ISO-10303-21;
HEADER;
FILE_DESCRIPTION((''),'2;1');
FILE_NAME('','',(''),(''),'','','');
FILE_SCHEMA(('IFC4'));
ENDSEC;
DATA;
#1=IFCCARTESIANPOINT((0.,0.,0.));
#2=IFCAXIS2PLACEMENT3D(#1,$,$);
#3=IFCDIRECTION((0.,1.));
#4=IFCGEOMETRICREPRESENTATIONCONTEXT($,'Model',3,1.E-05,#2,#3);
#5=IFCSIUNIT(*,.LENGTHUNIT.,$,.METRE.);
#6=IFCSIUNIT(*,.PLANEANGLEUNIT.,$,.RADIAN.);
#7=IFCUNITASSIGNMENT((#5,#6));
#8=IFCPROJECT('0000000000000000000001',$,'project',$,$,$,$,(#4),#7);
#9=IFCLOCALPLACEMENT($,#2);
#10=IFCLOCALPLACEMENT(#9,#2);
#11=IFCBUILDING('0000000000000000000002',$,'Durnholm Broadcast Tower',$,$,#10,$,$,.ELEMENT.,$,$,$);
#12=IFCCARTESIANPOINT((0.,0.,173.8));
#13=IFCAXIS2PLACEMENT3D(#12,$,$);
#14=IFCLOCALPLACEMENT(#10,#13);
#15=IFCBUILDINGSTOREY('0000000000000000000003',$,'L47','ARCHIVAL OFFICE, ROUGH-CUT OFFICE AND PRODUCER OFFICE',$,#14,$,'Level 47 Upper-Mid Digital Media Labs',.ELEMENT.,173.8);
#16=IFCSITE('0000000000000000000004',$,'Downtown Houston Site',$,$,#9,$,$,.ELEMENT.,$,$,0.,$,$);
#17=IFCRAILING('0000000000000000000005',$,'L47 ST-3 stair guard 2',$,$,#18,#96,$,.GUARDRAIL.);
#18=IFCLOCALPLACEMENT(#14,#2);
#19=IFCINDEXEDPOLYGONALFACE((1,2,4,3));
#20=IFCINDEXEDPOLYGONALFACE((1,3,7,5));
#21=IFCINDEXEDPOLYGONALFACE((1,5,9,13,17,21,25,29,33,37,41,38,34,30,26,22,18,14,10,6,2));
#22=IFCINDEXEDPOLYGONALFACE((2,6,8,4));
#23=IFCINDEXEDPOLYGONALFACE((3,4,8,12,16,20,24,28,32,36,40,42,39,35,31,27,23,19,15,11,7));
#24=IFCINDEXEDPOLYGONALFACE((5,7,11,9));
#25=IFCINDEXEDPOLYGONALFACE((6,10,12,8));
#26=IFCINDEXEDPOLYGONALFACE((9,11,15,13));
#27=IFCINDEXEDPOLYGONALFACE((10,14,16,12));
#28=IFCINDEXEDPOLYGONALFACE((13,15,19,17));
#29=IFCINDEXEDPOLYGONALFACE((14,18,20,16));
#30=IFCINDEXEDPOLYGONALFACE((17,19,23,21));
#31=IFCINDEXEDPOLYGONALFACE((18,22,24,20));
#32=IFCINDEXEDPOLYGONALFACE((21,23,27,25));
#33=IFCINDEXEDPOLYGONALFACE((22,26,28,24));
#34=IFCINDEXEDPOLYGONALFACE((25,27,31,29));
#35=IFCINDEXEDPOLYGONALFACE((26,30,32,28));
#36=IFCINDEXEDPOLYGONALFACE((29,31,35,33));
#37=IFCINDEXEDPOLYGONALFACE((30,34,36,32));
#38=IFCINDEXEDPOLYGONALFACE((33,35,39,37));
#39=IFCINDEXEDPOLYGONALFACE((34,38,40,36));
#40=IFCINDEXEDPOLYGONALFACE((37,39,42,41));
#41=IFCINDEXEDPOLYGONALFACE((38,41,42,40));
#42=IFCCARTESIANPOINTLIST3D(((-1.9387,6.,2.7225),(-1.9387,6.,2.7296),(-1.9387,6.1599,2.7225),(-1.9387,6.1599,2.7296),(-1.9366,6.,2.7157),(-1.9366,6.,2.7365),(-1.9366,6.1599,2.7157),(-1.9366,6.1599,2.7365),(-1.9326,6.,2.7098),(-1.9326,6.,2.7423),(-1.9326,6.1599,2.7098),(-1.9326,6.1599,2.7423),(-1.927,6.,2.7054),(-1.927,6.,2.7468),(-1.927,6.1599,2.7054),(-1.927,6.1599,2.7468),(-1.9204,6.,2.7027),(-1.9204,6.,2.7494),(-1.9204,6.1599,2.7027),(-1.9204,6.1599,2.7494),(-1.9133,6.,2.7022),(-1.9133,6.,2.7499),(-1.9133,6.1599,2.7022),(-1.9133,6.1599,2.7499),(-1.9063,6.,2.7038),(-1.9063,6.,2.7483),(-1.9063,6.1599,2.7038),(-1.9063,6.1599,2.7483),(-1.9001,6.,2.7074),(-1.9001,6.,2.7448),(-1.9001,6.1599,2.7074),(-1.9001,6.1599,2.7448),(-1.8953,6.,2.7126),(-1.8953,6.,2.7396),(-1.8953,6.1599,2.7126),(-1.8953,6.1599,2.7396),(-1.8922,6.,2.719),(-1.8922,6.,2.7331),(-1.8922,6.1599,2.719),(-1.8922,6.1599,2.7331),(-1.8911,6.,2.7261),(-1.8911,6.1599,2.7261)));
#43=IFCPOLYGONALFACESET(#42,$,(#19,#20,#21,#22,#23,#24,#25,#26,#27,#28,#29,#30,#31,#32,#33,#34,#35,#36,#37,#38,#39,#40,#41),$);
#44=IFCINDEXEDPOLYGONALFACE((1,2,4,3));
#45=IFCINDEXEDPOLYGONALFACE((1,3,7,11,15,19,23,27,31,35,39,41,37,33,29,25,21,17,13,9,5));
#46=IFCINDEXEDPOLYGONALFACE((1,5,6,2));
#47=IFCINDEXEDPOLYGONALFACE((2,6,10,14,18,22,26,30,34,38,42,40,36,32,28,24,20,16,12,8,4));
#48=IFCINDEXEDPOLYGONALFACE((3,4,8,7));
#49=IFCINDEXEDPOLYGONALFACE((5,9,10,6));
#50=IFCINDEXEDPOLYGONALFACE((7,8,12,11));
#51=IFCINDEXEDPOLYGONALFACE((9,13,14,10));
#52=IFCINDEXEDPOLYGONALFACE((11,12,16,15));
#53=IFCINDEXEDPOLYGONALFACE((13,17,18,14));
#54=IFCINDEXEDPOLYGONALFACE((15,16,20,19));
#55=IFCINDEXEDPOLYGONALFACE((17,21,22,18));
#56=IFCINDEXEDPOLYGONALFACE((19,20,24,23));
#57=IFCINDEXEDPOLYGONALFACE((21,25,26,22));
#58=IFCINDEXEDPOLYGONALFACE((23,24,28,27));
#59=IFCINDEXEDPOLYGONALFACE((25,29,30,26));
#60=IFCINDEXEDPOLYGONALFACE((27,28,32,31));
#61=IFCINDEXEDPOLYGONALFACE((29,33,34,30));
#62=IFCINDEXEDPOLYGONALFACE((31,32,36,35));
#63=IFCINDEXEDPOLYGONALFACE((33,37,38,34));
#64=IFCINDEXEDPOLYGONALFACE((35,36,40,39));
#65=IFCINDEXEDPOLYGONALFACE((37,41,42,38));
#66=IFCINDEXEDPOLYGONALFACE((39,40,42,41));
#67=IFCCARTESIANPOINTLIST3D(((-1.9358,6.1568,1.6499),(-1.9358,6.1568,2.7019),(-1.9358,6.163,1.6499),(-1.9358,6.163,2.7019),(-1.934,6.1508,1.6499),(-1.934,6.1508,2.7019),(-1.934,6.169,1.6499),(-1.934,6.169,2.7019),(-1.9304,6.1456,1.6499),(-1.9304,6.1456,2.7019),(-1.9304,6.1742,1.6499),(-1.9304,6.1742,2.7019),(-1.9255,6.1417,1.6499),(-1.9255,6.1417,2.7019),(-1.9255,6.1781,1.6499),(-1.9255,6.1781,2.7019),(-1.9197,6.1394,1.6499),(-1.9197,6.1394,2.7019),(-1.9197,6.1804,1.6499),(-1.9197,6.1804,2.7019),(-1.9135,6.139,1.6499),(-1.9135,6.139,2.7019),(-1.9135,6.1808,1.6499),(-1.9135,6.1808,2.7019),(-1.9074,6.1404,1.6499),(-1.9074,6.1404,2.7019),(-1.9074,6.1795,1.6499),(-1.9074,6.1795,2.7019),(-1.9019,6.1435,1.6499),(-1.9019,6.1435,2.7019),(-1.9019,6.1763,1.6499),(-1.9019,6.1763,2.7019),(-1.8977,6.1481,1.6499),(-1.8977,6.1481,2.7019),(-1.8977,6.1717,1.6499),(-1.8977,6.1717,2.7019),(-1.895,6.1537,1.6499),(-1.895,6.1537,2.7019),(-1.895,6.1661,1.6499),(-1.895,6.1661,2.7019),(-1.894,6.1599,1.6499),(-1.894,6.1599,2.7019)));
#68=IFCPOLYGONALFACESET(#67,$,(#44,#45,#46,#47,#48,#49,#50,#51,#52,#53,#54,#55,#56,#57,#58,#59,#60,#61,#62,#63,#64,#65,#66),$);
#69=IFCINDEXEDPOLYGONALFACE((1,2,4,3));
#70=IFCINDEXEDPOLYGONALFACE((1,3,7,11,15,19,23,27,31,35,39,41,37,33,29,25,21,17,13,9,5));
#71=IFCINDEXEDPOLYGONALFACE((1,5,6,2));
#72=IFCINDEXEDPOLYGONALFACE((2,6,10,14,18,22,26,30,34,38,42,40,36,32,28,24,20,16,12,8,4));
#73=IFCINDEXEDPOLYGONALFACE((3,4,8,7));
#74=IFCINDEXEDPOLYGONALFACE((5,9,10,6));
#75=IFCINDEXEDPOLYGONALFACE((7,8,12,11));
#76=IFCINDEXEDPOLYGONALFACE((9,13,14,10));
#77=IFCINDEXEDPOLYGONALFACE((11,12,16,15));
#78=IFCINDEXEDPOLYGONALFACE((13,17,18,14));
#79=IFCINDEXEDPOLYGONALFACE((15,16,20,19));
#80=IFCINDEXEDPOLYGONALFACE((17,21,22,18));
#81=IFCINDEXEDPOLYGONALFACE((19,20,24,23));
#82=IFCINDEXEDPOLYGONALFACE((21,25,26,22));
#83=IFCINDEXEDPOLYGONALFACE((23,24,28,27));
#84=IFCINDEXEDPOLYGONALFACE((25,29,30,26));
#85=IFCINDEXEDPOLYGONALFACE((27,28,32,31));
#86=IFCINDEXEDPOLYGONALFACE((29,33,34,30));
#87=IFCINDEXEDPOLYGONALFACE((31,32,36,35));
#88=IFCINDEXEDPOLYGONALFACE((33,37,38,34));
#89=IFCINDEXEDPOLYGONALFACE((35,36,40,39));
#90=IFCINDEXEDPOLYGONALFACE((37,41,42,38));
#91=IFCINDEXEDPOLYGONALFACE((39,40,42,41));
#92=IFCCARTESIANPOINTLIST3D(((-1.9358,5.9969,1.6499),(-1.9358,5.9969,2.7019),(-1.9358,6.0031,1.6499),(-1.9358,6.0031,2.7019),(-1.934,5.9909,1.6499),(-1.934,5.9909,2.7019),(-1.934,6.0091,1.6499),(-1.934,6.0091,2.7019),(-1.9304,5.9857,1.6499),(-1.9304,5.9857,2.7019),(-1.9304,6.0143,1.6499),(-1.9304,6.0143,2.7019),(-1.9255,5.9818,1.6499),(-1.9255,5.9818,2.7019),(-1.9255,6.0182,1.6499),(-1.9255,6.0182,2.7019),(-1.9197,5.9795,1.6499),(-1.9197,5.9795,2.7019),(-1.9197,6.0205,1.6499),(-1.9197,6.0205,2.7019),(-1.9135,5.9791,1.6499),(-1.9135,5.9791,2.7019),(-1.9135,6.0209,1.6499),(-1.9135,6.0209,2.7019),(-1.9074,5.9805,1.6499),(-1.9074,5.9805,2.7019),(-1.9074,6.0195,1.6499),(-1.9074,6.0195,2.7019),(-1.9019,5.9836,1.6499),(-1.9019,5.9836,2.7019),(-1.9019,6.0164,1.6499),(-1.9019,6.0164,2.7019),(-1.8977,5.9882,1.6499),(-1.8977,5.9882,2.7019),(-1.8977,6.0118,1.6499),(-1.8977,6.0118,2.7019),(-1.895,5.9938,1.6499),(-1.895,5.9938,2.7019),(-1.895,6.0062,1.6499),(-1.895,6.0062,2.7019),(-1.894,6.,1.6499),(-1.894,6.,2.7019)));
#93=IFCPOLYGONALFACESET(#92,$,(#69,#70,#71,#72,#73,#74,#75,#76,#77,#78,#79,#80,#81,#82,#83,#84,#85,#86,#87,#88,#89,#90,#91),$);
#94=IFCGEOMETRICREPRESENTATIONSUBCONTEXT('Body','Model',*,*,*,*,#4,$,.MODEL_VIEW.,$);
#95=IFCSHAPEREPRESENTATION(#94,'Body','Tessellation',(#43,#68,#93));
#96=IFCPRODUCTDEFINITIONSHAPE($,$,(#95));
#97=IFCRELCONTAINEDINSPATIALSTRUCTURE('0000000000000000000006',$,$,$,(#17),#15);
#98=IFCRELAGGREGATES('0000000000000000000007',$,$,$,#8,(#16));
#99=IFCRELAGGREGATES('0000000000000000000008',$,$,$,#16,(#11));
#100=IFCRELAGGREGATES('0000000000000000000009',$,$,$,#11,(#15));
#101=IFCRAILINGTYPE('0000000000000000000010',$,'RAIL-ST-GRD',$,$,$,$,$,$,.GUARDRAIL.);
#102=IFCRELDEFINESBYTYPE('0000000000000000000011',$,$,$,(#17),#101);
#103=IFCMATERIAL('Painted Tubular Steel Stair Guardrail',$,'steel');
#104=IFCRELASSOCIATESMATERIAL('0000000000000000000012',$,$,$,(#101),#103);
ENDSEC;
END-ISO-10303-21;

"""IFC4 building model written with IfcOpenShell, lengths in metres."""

from ifc_helpers import new_model, si_unit, direction, frame, origin, origin_2d, place, context, subcontext, project, spatial, circle, extrude, material, type_object, element, save


model = new_model("IFC4")

# Units and contexts
model_context = context("Model", 3, precision=1e-05, world=origin(), true_north=direction((0.0, 1.0)))
body_context = subcontext(model_context, "Body", "Model", "MODEL_VIEW")
ifc_project = project(units=[si_unit("LENGTHUNIT", "METRE"), si_unit("PLANEANGLEUNIT", "RADIAN")], contexts=[model_context])

# Site, building, storey
site_placement = place(None, origin())
site = spatial("IfcSite", under=ifc_project, at=site_placement, Name="Downtown Houston Site", CompositionType="ELEMENT", RefElevation=0.0)
building_placement = place(site_placement, origin())
building = spatial("IfcBuilding", under=site, at=building_placement, Name="Durnholm Broadcast Tower", CompositionType="ELEMENT")
storey_placement = place(building_placement, frame((0.0, 0.0, 173.8)))
storey = spatial("IfcBuildingStorey", under=building, at=storey_placement, Name="L47", Description="ARCHIVAL OFFICE, ROUGH-CUT OFFICE AND PRODUCER OFFICE", LongName="Level 47 Upper-Mid Digital Media Labs", CompositionType="ELEMENT", Elevation=173.8)

# Railing
ifc_material_1 = material(Name="Painted Tubular Steel Stair Guardrail", Category="steel")
railing_type_1 = type_object("IfcRailingType", Name="RAIL-ST-GRD", PredefinedType="GUARDRAIL", material=ifc_material_1)
railing_1_placement = place(storey_placement, frame((-1.915, 6.1599, 1.6499)))
element("IfcRailing", 1, at=railing_1_placement, inside=storey, type_object=railing_type_1, Name="L47 ST-3 stair guard 2", PredefinedType="GUARDRAIL", context=body_context, shape_type="SweptSolid", body=[
    extrude(circle(Radius=0.0239, at=origin_2d()), frame((0.0, 0.0, 1.0762), z_axis=(0.0, -1.0, 0.0), x_axis=(1.0, 0.0, 0.0)), (0.0, 0.0, 1.0), 0.1599),
    extrude(circle(Radius=0.021, at=origin_2d()), origin(), (0.0, 0.0, 1.0), 1.052),
    extrude(circle(Radius=0.021, at=origin_2d()), frame((0.0, -0.1599, 0.0)), (0.0, 0.0, 1.0), 1.052),
])

save(model, "model.ifc")
